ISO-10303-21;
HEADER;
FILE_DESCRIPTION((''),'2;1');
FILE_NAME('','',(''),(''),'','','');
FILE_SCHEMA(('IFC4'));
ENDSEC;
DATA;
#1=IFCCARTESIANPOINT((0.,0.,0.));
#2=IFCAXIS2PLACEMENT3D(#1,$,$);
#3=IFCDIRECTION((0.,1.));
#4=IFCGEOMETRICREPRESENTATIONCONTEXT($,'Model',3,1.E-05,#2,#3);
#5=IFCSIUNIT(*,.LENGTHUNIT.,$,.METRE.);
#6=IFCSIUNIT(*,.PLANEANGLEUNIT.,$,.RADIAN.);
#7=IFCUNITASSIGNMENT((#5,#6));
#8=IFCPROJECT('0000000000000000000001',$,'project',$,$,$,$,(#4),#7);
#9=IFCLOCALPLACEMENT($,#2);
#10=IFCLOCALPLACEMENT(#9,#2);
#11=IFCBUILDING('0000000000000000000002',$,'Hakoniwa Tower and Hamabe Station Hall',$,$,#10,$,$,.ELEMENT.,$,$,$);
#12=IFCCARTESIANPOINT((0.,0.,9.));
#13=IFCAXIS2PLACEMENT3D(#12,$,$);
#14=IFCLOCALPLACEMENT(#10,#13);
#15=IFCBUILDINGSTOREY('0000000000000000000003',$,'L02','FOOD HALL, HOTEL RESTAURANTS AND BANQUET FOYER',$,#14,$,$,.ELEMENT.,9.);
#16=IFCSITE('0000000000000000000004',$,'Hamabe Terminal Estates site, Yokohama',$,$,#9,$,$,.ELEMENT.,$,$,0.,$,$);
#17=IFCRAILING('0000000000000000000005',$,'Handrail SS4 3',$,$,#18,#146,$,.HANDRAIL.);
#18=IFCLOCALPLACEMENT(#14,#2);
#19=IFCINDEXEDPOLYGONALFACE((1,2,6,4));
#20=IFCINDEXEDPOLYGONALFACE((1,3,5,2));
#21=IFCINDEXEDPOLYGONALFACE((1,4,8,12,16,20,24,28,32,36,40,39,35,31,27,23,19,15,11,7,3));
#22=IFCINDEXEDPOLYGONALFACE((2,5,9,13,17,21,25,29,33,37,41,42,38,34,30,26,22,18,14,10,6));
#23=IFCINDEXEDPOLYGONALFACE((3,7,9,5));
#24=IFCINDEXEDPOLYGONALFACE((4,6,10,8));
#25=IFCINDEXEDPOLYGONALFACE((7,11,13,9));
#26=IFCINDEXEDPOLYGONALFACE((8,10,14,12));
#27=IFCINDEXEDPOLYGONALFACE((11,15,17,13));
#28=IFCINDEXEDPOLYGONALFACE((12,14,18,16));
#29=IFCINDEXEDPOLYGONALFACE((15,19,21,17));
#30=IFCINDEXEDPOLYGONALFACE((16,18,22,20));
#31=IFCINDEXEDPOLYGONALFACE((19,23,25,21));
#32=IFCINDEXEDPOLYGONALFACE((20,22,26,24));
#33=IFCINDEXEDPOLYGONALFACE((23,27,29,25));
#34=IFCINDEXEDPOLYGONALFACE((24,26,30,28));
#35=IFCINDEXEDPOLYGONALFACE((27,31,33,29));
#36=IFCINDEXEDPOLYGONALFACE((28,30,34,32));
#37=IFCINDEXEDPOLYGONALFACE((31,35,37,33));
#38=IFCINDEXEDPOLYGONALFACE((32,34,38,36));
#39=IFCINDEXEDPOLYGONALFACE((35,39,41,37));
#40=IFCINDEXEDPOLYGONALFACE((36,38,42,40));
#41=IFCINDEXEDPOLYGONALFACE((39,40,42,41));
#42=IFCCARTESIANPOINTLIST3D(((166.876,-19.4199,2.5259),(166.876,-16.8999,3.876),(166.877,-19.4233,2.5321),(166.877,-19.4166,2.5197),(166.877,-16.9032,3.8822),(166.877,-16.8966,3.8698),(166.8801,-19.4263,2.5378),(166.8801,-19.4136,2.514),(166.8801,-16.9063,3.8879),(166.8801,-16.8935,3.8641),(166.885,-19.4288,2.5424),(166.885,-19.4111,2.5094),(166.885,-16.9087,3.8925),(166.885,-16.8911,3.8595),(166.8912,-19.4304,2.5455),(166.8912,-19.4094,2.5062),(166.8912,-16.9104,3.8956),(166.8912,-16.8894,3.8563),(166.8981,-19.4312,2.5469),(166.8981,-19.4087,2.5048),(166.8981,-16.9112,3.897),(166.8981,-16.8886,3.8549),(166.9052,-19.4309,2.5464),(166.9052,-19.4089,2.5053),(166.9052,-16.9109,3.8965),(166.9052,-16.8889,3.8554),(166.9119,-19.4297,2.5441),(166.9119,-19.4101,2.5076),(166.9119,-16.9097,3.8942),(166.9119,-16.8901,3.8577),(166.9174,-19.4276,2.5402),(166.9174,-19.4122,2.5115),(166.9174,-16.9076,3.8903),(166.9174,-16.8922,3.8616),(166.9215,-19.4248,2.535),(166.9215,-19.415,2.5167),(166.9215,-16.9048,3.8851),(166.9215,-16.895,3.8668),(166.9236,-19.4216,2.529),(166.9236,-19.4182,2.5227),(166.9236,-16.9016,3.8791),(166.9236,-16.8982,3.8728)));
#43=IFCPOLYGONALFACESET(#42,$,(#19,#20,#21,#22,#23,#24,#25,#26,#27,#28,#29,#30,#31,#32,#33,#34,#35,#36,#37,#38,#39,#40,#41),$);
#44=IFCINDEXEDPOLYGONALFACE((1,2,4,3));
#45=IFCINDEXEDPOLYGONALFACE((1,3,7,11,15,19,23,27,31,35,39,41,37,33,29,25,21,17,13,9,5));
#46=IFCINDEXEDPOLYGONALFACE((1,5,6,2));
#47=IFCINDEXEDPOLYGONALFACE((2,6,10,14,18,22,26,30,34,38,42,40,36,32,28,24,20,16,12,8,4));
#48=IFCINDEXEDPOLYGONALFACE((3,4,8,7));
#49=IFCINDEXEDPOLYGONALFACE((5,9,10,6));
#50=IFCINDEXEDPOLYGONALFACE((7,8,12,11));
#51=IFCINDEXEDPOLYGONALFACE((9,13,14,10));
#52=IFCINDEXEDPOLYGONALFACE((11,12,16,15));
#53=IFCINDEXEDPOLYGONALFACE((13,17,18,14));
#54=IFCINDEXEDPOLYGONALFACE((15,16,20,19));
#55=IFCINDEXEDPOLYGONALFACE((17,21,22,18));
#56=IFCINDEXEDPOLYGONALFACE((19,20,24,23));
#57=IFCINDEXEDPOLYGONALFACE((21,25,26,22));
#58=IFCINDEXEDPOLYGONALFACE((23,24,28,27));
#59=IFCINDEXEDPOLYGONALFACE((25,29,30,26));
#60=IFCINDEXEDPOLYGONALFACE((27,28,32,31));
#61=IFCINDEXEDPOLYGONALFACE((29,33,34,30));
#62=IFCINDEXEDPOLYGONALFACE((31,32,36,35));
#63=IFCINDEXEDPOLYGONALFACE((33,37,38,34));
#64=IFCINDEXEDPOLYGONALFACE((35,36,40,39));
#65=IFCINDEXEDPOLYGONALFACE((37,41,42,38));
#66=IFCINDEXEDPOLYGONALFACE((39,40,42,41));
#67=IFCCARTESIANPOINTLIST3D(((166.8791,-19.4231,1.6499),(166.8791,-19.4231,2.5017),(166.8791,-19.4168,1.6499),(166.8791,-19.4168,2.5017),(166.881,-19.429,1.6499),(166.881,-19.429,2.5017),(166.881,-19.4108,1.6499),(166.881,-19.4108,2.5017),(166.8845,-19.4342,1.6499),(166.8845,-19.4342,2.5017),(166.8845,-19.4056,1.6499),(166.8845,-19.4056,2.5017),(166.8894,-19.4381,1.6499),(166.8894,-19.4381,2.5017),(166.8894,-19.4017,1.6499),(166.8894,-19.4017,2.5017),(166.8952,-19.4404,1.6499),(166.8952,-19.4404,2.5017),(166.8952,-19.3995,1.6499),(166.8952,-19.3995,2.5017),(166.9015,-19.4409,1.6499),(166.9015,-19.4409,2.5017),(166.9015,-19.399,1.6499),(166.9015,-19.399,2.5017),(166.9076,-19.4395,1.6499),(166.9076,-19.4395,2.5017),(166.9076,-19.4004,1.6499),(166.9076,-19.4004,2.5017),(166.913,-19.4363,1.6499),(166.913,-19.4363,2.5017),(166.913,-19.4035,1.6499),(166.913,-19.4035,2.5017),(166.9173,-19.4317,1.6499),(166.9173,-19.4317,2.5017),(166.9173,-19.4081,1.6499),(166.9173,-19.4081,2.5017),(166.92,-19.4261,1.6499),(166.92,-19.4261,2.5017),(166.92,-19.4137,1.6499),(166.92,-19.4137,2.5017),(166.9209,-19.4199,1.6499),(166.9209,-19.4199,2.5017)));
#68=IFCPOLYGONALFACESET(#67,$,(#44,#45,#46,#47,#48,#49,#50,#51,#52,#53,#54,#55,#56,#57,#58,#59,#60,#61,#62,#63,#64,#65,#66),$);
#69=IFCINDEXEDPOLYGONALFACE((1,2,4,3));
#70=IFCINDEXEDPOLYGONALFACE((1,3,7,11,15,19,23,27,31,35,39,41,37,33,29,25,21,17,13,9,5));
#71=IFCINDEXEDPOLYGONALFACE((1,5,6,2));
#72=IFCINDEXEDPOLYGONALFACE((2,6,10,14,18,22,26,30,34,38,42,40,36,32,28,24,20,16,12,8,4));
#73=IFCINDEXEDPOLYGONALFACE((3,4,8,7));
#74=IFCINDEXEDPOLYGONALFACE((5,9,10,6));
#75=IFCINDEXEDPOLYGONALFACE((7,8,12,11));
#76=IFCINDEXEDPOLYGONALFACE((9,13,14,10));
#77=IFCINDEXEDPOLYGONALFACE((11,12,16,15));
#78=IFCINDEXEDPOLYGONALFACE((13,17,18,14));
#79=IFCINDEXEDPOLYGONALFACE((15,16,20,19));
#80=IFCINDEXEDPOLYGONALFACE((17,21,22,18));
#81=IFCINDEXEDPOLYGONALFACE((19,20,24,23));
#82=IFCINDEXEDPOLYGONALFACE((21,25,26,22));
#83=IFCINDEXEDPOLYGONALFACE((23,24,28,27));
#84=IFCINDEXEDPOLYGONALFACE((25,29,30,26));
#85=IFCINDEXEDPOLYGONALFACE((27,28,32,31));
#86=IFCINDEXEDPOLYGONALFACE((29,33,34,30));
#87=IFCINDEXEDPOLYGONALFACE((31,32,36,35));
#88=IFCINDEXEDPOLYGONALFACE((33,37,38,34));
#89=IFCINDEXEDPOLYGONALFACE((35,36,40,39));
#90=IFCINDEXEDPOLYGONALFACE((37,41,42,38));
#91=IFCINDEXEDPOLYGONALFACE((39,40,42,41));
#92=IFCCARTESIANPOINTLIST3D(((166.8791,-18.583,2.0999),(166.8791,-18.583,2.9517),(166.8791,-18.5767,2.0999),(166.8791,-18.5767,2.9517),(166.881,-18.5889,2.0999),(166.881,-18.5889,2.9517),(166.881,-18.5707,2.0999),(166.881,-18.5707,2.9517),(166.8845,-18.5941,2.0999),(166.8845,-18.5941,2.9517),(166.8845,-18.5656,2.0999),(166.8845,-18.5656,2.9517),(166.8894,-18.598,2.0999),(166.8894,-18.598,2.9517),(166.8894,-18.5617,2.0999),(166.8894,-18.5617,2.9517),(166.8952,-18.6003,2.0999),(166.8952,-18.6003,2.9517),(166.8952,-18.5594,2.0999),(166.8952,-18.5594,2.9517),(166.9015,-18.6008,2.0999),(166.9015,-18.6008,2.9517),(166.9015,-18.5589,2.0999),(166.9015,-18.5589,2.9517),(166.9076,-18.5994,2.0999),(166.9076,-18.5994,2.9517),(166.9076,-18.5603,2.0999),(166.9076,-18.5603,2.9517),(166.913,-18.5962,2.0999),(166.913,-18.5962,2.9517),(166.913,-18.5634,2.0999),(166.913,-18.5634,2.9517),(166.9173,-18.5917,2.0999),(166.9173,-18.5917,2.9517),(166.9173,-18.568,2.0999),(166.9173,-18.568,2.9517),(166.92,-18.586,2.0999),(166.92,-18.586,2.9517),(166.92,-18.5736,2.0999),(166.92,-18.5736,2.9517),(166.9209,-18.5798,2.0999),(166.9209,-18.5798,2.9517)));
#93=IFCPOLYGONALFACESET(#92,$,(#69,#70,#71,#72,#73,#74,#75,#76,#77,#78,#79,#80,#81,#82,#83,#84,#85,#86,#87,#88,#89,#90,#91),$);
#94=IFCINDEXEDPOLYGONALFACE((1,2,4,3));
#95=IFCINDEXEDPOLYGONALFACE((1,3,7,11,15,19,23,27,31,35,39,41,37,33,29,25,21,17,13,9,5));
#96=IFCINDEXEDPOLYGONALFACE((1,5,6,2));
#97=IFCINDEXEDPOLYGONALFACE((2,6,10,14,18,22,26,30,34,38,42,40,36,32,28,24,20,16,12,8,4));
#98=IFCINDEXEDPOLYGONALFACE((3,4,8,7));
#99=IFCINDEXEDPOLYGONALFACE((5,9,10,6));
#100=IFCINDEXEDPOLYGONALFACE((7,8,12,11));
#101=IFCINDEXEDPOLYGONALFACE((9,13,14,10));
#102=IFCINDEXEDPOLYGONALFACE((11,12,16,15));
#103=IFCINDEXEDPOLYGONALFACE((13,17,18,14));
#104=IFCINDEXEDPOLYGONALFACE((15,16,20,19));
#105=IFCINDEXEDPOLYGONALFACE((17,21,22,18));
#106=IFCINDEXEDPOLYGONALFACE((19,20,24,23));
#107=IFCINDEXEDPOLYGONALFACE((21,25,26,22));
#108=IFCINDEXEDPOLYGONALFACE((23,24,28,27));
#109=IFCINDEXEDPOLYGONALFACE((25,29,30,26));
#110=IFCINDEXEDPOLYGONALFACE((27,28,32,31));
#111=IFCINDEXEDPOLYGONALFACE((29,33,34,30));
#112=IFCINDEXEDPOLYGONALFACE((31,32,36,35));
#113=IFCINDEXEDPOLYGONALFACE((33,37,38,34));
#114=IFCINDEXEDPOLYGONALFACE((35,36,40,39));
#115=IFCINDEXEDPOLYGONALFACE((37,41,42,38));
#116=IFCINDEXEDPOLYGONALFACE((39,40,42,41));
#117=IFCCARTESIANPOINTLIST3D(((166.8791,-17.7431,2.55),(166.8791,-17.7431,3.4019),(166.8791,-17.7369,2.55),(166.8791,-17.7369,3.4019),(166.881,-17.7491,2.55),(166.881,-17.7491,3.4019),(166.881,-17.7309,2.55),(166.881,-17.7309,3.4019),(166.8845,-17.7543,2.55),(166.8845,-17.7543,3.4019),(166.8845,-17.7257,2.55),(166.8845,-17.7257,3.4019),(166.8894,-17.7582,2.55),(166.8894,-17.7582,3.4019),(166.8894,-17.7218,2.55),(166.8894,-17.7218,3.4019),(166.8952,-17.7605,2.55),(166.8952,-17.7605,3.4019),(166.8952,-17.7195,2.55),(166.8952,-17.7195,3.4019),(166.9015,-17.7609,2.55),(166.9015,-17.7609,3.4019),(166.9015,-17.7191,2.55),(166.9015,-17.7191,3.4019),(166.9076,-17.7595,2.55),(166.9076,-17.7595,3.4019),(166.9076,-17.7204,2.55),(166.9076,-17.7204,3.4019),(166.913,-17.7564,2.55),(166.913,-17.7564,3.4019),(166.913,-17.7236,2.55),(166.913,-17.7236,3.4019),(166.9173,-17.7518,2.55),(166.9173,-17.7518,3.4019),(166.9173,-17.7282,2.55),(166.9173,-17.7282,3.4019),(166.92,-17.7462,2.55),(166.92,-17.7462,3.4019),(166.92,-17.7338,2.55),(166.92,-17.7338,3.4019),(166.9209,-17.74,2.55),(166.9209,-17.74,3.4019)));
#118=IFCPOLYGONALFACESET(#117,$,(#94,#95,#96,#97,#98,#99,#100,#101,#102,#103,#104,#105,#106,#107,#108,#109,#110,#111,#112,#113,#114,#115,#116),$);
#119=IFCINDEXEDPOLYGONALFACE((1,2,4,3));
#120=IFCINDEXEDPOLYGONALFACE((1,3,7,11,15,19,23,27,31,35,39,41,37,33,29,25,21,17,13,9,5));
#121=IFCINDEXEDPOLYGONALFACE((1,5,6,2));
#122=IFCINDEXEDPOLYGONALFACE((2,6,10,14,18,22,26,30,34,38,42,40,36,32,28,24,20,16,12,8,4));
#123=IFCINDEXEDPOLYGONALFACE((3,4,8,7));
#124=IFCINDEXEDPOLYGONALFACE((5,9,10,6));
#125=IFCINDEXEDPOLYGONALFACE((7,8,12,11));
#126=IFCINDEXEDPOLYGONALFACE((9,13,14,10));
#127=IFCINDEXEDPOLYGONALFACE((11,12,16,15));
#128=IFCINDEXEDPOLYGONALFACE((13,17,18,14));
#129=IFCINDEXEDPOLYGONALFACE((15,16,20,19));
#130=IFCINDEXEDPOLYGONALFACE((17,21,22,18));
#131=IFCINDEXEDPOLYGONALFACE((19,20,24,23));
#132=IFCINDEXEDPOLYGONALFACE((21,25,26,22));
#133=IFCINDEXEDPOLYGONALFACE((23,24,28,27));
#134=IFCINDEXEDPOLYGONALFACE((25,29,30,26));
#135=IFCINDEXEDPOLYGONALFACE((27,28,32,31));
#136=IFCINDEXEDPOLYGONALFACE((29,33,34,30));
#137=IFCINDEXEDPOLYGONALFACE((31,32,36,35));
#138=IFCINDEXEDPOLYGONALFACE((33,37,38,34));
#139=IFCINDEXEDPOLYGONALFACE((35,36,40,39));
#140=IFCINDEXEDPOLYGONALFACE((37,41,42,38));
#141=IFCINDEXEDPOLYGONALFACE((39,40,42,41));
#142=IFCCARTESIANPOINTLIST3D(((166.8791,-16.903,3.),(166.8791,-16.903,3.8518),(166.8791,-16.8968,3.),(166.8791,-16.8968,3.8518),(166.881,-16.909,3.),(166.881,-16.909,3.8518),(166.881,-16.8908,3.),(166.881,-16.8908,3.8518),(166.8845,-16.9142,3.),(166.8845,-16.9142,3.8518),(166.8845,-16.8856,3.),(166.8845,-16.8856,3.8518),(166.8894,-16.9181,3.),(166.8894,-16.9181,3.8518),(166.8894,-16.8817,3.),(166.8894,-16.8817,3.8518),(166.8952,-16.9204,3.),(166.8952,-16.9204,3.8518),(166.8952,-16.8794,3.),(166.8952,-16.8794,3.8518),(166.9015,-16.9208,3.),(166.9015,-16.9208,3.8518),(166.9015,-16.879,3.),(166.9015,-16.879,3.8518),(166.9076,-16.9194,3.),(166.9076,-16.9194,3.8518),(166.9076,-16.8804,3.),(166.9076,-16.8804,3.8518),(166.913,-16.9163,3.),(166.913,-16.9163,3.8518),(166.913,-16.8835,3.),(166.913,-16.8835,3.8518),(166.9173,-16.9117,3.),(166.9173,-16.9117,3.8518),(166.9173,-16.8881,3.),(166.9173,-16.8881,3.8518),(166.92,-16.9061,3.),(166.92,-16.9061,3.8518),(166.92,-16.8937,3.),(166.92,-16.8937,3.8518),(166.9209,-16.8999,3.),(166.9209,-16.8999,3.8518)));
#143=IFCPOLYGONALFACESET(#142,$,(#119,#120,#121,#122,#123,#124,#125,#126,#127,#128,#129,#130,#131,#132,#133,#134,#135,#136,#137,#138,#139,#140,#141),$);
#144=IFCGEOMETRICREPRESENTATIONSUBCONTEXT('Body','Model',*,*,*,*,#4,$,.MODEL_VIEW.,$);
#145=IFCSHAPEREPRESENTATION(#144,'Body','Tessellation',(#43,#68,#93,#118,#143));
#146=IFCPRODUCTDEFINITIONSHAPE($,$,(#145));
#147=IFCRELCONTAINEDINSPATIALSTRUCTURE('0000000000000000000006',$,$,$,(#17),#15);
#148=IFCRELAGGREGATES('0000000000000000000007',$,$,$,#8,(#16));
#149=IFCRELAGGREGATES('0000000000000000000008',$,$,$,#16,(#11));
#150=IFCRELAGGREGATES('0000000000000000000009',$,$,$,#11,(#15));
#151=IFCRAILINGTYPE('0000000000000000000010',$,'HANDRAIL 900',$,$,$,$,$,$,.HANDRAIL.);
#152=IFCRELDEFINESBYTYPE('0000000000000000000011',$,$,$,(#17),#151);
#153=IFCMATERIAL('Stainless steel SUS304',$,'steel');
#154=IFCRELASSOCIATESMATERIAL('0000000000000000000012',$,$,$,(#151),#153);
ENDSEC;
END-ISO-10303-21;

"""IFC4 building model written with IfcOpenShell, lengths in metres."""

from ifc_helpers import new_model, si_unit, direction, frame, origin, origin_2d, place, context, subcontext, project, spatial, circle, extrude, material, type_object, element, save


model = new_model("IFC4")

# Units and contexts
model_context = context("Model", 3, precision=1e-05, world=origin(), true_north=direction((0.0, 1.0)))
body_context = subcontext(model_context, "Body", "Model", "MODEL_VIEW")
ifc_project = project(units=[si_unit("LENGTHUNIT", "METRE"), si_unit("PLANEANGLEUNIT", "RADIAN")], contexts=[model_context])

# Site, building, storey
site_placement = place(None, origin())
site = spatial("IfcSite", under=ifc_project, at=site_placement, Name="Hamabe Terminal Estates site, Yokohama", CompositionType="ELEMENT", RefElevation=0.0)
building_placement = place(site_placement, origin())
building = spatial("IfcBuilding", under=site, at=building_placement, Name="Hakoniwa Tower and Hamabe Station Hall", CompositionType="ELEMENT")
storey_placement = place(building_placement, frame((0.0, 0.0, 9.0)))
storey = spatial("IfcBuildingStorey", under=building, at=storey_placement, Name="L02", Description="FOOD HALL, HOTEL RESTAURANTS AND BANQUET FOYER", CompositionType="ELEMENT", Elevation=9.0)

# Railing
ifc_material_1 = material(Name="Stainless steel SUS304", Category="steel")
railing_type = type_object("IfcRailingType", Name="HANDRAIL 900", PredefinedType="HANDRAIL", material=ifc_material_1)
for number, where, name in (
    (1, (166.8999, -19.4199, 1.6499), "Handrail SS4 3"),
):
    element("IfcRailing", number, at=place(storey_placement, frame(where)), inside=storey, type_object=railing_type, Name=name, PredefinedType="HANDRAIL", context=body_context, shape_type="SweptSolid", body=[
        extrude(circle(Radius=0.0239, at=origin_2d()), frame((0.0, 0.0, 0.876), z_axis=(0.0, 0.881467, 0.472245), x_axis=(-1.0, 0.0, 0.0)), (0.0, 0.0, 1.0), 2.8589),
        extrude(circle(Radius=0.021, at=origin_2d()), origin(), (0.0, 0.0, 1.0), 0.8518),
        extrude(circle(Radius=0.021, at=origin_2d()), frame((0.0, 0.8401, 0.45)), (0.0, 0.0, 1.0), 0.8518),
        extrude(circle(Radius=0.021, at=origin_2d()), frame((0.0, 1.6799, 0.9001)), (0.0, 0.0, 1.0), 0.8518),
        extrude(circle(Radius=0.021, at=origin_2d()), frame((0.0, 2.52, 1.3501)), (0.0, 0.0, 1.0), 0.8518),
    ])

save(model, "model.ifc")
